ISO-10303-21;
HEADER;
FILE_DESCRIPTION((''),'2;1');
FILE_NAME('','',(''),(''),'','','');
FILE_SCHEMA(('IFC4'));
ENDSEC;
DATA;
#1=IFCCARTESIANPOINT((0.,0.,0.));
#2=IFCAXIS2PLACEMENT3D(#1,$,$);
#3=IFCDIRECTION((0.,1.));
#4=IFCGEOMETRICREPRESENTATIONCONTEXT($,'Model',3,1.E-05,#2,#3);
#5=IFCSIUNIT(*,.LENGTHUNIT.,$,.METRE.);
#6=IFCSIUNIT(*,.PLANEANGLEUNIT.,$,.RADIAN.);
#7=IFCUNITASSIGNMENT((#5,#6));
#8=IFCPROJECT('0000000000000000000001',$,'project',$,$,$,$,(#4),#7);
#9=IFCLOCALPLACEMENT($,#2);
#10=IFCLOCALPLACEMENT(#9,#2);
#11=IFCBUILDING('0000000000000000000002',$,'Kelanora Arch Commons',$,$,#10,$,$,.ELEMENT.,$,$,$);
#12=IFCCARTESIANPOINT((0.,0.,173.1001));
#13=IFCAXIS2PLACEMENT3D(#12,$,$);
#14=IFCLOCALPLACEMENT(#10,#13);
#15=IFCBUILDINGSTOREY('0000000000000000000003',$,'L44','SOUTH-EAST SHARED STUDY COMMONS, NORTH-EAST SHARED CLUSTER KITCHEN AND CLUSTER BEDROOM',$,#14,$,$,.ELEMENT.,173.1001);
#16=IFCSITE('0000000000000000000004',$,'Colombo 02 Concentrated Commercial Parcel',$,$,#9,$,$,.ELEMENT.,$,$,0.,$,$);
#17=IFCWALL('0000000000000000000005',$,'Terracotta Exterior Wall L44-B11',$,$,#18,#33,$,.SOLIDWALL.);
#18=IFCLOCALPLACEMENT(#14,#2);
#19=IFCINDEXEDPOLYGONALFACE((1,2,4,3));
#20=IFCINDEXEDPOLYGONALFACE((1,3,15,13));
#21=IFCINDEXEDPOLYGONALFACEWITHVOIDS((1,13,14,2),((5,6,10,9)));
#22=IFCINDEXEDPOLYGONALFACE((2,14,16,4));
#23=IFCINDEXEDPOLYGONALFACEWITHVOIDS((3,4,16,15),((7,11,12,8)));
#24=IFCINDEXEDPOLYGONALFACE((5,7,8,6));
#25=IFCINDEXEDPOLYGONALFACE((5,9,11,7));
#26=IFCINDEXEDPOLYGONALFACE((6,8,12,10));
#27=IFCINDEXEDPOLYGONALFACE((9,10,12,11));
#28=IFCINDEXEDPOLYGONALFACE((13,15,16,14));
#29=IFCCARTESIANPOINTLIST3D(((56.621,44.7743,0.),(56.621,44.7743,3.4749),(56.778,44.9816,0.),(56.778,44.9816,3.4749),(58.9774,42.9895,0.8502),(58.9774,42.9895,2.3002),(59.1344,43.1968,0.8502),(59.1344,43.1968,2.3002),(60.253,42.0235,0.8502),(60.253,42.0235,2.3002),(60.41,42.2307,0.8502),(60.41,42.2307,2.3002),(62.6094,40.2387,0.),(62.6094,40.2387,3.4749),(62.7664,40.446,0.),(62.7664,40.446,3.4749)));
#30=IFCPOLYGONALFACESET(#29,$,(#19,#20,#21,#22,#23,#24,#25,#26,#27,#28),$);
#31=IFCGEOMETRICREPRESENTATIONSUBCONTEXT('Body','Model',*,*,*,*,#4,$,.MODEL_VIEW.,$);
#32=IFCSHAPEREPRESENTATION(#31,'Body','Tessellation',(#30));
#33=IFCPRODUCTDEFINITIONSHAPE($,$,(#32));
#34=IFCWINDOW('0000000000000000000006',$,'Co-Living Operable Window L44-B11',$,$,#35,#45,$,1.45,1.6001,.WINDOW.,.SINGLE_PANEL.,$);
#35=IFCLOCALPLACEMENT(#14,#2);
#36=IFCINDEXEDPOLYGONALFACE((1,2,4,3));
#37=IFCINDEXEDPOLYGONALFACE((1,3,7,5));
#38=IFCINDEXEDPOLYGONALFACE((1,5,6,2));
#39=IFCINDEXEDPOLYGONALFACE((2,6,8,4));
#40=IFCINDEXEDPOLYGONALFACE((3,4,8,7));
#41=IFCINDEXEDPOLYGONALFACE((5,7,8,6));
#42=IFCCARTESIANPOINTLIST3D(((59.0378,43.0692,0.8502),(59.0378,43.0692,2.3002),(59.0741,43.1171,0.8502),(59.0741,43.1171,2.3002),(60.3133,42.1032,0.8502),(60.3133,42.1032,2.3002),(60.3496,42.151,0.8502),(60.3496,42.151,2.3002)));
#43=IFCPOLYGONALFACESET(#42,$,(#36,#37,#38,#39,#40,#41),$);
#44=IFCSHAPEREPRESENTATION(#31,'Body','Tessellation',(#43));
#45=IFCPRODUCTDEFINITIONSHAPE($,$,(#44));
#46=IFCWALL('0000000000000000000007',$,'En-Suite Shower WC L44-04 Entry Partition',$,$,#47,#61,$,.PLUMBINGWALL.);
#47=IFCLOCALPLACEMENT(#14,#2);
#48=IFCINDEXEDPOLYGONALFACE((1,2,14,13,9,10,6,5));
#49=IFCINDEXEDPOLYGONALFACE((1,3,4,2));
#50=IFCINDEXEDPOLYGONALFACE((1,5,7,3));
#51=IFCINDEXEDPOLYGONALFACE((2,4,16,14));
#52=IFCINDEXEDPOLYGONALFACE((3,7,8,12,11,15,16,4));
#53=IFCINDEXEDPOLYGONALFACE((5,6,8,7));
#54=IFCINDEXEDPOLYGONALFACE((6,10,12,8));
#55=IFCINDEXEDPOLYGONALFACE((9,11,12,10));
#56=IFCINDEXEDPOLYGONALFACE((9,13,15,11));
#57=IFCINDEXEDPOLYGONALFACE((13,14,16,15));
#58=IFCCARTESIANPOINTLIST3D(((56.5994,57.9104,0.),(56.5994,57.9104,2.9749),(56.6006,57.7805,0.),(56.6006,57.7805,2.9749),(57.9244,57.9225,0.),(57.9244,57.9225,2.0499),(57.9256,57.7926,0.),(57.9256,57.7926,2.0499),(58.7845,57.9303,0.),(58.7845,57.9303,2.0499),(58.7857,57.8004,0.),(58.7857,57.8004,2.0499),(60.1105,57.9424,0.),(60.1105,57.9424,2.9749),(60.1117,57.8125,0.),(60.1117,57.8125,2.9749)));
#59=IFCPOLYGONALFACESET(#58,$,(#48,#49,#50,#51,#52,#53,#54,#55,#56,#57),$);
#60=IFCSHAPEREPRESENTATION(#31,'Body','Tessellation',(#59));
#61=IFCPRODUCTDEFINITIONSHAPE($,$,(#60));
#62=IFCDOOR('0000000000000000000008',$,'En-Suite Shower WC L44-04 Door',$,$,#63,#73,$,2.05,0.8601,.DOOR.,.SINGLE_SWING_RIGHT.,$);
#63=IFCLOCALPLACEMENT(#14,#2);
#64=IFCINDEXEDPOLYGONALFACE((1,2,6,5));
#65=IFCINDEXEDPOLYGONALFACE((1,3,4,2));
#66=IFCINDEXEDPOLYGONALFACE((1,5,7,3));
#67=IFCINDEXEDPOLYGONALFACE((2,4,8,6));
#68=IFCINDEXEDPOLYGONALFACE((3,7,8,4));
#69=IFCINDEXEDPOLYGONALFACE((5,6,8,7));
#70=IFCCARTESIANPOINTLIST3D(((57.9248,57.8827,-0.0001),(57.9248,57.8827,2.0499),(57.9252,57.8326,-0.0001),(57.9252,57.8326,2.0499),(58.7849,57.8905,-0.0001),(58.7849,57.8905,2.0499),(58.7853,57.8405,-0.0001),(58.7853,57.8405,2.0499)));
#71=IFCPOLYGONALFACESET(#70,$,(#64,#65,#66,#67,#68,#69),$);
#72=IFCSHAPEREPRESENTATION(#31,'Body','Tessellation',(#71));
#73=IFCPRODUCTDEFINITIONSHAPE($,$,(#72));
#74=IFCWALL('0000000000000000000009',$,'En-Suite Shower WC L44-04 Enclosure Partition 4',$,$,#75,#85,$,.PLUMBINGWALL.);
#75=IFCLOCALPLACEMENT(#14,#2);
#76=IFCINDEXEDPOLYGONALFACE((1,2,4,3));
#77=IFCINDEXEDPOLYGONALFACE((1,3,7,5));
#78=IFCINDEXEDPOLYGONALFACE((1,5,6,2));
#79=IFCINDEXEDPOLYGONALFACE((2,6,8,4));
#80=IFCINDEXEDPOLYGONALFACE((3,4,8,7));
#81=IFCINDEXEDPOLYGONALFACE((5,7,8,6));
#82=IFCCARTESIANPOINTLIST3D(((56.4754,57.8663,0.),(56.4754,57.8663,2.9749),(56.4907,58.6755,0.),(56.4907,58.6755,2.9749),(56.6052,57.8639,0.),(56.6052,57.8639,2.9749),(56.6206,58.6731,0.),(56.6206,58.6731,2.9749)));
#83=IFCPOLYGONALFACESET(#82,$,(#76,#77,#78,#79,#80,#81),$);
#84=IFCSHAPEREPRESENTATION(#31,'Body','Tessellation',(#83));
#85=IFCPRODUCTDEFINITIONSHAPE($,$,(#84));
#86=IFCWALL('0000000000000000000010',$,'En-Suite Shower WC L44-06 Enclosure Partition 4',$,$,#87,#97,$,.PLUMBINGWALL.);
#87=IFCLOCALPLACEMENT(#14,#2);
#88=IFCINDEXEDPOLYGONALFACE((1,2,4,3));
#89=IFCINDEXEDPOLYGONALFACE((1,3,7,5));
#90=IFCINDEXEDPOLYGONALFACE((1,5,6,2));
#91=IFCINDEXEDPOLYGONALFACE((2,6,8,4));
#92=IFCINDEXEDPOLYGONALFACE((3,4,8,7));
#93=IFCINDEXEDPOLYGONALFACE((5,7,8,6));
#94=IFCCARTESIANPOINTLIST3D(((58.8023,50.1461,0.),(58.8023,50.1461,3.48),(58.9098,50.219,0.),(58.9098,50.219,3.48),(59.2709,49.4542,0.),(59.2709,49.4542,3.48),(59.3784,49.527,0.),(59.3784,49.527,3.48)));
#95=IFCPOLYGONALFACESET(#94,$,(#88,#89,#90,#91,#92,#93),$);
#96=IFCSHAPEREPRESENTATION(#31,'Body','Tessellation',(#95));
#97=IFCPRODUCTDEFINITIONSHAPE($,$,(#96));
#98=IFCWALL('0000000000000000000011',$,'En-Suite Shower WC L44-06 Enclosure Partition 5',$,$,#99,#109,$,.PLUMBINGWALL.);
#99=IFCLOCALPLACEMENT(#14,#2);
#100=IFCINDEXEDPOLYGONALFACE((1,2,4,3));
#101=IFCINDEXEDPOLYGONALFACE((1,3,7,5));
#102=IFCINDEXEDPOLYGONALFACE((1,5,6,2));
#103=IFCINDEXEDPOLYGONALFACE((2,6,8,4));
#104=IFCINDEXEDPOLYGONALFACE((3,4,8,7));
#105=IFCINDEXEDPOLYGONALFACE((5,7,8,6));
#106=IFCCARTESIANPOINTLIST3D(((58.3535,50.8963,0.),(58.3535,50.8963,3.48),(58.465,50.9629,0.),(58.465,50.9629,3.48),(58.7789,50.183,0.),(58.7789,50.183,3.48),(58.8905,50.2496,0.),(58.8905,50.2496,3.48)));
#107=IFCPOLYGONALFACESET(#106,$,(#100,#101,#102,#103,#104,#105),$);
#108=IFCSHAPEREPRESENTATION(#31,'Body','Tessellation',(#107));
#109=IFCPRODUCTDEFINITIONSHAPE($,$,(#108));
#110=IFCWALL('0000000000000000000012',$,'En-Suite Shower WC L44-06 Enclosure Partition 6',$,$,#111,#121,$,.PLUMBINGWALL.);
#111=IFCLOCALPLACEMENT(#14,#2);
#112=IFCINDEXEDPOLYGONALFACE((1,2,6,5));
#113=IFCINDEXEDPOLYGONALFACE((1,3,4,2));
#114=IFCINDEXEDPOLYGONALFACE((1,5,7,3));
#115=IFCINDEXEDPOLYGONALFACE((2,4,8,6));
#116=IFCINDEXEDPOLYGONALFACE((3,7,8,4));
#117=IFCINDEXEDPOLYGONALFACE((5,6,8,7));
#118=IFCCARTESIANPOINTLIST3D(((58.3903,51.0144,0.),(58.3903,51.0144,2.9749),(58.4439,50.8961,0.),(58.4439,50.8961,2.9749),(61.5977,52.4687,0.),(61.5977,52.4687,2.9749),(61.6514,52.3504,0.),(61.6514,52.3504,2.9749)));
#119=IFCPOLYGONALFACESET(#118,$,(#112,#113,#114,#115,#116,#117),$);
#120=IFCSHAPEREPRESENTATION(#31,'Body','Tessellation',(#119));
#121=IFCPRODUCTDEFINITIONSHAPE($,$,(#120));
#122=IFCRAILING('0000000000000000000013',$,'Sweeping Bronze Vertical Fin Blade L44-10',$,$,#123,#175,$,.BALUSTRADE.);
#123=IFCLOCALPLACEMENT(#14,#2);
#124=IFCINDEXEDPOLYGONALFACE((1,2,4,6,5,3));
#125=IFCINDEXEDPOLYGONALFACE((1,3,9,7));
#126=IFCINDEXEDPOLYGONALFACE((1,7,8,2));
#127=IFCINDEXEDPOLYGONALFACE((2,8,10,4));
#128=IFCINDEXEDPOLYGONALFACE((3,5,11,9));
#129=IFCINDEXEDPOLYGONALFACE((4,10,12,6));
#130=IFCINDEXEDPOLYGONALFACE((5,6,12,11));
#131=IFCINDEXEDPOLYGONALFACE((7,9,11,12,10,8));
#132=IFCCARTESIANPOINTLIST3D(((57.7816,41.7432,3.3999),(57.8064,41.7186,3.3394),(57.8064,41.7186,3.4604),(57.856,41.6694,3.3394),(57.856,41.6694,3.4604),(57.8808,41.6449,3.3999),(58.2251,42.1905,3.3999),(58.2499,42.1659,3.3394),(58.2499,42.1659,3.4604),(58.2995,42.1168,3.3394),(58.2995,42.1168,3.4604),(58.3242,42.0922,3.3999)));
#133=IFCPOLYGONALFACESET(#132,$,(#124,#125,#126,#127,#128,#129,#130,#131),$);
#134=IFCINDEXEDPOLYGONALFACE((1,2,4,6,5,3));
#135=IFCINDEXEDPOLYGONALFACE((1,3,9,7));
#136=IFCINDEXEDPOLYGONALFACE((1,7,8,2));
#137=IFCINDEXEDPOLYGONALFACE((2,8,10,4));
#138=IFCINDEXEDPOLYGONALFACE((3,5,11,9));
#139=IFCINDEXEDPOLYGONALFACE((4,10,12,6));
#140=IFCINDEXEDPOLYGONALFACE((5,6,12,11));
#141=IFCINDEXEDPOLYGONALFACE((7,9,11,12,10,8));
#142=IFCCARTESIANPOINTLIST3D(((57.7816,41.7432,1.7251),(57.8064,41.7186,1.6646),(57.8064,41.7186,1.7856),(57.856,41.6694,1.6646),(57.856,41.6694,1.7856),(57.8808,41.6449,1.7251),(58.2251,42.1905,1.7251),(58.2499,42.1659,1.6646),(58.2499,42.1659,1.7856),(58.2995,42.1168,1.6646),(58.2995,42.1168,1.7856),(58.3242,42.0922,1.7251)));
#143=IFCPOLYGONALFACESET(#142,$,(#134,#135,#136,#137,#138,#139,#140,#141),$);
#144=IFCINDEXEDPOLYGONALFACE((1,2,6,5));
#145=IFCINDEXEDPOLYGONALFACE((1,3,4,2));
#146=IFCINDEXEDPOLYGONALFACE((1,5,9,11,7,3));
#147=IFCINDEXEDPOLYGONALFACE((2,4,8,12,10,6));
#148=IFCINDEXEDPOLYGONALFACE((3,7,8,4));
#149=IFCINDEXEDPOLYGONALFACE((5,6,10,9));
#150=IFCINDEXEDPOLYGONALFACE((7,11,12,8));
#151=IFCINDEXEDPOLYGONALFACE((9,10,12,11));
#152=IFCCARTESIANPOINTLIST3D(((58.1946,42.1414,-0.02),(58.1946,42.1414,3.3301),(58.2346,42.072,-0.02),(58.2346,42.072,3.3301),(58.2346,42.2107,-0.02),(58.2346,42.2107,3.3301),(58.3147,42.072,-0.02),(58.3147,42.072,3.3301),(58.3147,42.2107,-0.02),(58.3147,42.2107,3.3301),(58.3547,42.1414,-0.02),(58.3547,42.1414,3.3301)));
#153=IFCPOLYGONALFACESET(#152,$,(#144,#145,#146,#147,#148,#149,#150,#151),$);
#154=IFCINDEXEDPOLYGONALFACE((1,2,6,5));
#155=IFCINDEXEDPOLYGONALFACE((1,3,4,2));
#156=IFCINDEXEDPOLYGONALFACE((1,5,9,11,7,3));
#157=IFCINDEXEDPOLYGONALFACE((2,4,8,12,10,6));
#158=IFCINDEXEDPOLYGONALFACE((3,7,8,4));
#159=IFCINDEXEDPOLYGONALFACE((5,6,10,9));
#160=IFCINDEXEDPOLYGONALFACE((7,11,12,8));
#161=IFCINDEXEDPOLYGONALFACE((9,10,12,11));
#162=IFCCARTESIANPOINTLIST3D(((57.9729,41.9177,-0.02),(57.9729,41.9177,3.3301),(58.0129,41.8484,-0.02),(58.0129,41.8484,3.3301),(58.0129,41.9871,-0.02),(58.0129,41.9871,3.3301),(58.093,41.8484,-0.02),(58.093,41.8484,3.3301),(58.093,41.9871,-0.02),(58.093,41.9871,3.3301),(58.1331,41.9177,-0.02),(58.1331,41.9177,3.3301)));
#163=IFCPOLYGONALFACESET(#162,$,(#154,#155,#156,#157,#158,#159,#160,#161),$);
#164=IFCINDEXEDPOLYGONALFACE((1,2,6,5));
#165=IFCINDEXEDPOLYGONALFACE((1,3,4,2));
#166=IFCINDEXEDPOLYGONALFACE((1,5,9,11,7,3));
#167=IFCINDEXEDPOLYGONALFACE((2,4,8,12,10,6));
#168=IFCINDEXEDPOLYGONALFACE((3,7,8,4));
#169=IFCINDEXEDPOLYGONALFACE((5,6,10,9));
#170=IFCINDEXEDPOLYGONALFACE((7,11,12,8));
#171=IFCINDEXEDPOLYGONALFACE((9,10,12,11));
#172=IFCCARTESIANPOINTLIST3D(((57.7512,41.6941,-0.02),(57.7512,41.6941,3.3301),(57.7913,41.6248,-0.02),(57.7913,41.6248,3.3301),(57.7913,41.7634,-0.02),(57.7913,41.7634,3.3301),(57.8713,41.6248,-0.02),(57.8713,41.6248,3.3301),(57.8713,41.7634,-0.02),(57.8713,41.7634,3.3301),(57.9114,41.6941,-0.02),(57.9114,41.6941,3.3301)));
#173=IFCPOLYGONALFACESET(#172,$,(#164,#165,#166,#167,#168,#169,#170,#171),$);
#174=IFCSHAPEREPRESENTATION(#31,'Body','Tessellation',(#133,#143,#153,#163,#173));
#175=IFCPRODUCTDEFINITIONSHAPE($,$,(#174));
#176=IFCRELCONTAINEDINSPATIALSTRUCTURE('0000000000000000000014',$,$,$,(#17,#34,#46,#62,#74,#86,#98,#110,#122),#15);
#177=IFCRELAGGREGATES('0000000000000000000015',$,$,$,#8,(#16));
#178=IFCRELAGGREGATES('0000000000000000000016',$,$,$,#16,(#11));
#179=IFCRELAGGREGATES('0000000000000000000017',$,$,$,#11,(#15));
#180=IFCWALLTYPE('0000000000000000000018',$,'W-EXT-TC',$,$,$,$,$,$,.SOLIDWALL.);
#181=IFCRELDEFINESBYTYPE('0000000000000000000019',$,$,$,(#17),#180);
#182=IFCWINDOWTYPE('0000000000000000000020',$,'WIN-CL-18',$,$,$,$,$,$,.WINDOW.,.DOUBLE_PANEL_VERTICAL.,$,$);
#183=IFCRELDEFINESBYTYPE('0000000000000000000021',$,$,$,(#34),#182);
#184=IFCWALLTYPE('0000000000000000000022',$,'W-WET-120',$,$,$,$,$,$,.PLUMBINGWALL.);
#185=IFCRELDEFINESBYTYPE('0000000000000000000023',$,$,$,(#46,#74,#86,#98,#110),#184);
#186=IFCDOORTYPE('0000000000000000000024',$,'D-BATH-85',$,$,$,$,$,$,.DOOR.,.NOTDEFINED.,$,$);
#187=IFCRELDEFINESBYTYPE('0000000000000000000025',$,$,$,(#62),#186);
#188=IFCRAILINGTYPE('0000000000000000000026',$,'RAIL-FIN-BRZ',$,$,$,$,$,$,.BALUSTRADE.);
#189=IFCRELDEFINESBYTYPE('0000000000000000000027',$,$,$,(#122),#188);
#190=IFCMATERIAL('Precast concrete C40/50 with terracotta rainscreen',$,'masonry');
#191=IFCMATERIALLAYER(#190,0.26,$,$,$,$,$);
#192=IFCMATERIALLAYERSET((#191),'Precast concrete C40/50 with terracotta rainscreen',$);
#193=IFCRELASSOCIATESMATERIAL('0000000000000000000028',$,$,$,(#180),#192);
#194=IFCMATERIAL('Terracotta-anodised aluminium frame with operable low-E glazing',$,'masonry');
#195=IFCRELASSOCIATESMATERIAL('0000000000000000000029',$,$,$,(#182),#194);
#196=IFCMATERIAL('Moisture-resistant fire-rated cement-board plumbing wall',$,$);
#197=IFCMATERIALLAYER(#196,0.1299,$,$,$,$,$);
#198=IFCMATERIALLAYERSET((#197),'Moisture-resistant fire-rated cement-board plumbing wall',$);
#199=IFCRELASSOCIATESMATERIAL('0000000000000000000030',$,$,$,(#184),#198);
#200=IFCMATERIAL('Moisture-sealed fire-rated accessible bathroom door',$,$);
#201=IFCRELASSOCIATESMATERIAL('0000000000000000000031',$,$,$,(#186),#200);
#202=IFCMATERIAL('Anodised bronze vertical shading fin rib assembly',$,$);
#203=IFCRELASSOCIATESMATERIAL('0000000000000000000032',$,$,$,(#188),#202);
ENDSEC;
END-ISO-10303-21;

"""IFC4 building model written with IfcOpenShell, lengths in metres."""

from ifc_helpers import new_model, si_unit, direction, frame, frame_2d, origin, place, context, subcontext, project, spatial, polyline, rectangle, outline, extrude, material, layer, layer_set, type_object, element, fill, save


model = new_model("IFC4")

# Units and contexts
model_context = context("Model", 3, precision=1e-05, world=origin(), true_north=direction((0.0, 1.0)))
body_context = subcontext(model_context, "Body", "Model", "MODEL_VIEW")
ifc_project = project(units=[si_unit("LENGTHUNIT", "METRE"), si_unit("PLANEANGLEUNIT", "RADIAN")], contexts=[model_context])

# Site, building, storey
site_placement = place(None, origin())
site = spatial("IfcSite", under=ifc_project, at=site_placement, Name="Colombo 02 Concentrated Commercial Parcel", CompositionType="ELEMENT", RefElevation=0.0)
building_placement = place(site_placement, origin())
building = spatial("IfcBuilding", under=site, at=building_placement, Name="Kelanora Arch Commons", CompositionType="ELEMENT")
storey_placement = place(building_placement, frame((0.0, 0.0, 173.1001)))
storey = spatial("IfcBuildingStorey", under=building, at=storey_placement, Name="L44", Description="SOUTH-EAST SHARED STUDY COMMONS, NORTH-EAST SHARED CLUSTER KITCHEN AND CLUSTER BEDROOM", CompositionType="ELEMENT", Elevation=173.1001)

# Wall, opening, window
ifc_material_1 = material(Name="Precast concrete C40/50 with terracotta rainscreen", Category="masonry")
ifc_layer_1 = layer(ifc_material_1, 0.26)
ifc_layer_set_1 = layer_set([ifc_layer_1], Name="Precast concrete C40/50 with terracotta rainscreen")
wall_type_1 = type_object("IfcWallType", Name="W-EXT-TC", PredefinedType="SOLIDWALL", material=ifc_layer_set_1)
wall_1_placement = place(storey_placement, frame((56.6995, 44.8779, 0.0), z_axis=(0.0, 0.0, 1.0), x_axis=(0.797164, -0.603763, 0.0)))
wall_1 = element("IfcWall", 1, at=wall_1_placement, inside=storey, type_object=wall_type_1, Name="Terracotta Exterior Wall L44-B11", PredefinedType="SOLIDWALL", context=body_context, shape_type="SweptSolid", body=[
    extrude(rectangle(XDim=7.5122, YDim=0.26, at=frame_2d((3.7561, 0.0))), origin(), (0.0, 0.0, 1.0), 3.4749),
])
opening_1_placement = place(wall_1_placement, frame((2.9561, 0.0, 0.8501)))
opening_1 = element("IfcOpeningElement", 2, at=opening_1_placement, cuts=wall_1, PredefinedType="OPENING", context=body_context, shape_type="SweptSolid", body=[
    extrude(rectangle(XDim=1.6001, YDim=1.45, at=frame_2d((0.8, 0.7251))), frame((0.0, 0.1401, 0.0), z_axis=(0.0, -1.0, 0.0), x_axis=(1.0, 0.0, 0.0)), (0.0, 0.0, 1.0), 0.28),
])
ifc_material_2 = material(Name="Terracotta-anodised aluminium frame with operable low-E glazing", Category="masonry")
window_type = type_object("IfcWindowType", Name="WIN-CL-18", PartitioningType="DOUBLE_PANEL_VERTICAL", PredefinedType="WINDOW", material=ifc_material_2)
window_placement = place(opening_1_placement, origin())
window = element("IfcWindow", 3, at=window_placement, inside=storey, type_object=window_type, Name="Co-Living Operable Window L44-B11", OverallHeight=1.45, OverallWidth=1.6001, PartitioningType="SINGLE_PANEL", PredefinedType="WINDOW", context=body_context, shape_type="SweptSolid", body=[
    extrude(rectangle(XDim=1.6001, YDim=1.45, at=frame_2d((0.8, 0.7251))), frame((0.0, 0.03, 0.0), z_axis=(0.0, -1.0, 0.0), x_axis=(1.0, 0.0, 0.0)), (0.0, 0.0, 1.0), 0.0601),
])
fill(opening_1, window)

# Wall, opening, door
ifc_material_3 = material(Name="Moisture-resistant fire-rated cement-board plumbing wall")
ifc_layer_2 = layer(ifc_material_3, 0.1299)
ifc_layer_set_2 = layer_set([ifc_layer_2], Name="Moisture-resistant fire-rated cement-board plumbing wall")
wall_type_2 = type_object("IfcWallType", Name="W-WET-120", PredefinedType="PLUMBINGWALL", material=ifc_layer_set_2)
wall_2_placement = place(storey_placement, frame((60.1111, 57.8774, 0.0), z_axis=(0.0, 0.0, 1.0), x_axis=(-0.999959, -0.009109, 0.0)))
wall_2 = element("IfcWall", 4, at=wall_2_placement, inside=storey, type_object=wall_type_2, Name="En-Suite Shower WC L44-04 Entry Partition", PredefinedType="PLUMBINGWALL", context=body_context, shape_type="SweptSolid", body=[
    extrude(rectangle(XDim=3.5112, YDim=0.1299, at=frame_2d((1.7556, 0.0))), origin(), (0.0, 0.0, 1.0), 2.9749),
])
opening_2_placement = place(wall_2_placement, frame((1.3259, 0.0, 0.0)))
opening_2 = element("IfcOpeningElement", 5, at=opening_2_placement, cuts=wall_2, PredefinedType="OPENING", context=body_context, shape_type="SweptSolid", body=[
    extrude(rectangle(XDim=0.8601, YDim=2.05, at=frame_2d((0.4302, 1.0249))), frame((0.0, 0.075, 0.0), z_axis=(0.0, -1.0, 0.0), x_axis=(1.0, 0.0, 0.0)), (0.0, 0.0, 1.0), 0.1499),
])
ifc_material_4 = material(Name="Moisture-sealed fire-rated accessible bathroom door")
door_type_1 = type_object("IfcDoorType", Name="D-BATH-85", OperationType="NOTDEFINED", PredefinedType="DOOR", material=ifc_material_4)
door_1_placement = place(opening_2_placement, origin())
door_1 = element("IfcDoor", 6, at=door_1_placement, inside=storey, type_object=door_type_1, Name="En-Suite Shower WC L44-04 Door", OperationType="SINGLE_SWING_RIGHT", OverallHeight=2.05, OverallWidth=0.8601, PredefinedType="DOOR", context=body_context, shape_type="SweptSolid", body=[
    extrude(rectangle(XDim=0.8601, YDim=2.05, at=frame_2d((0.4302, 1.0249))), frame((0.0, 0.0249, 0.0), z_axis=(0.0, -1.0, 0.0), x_axis=(1.0, 0.0, 0.0)), (0.0, 0.0, 1.0), 0.05),
])
fill(opening_2, door_1)

# Walls
wall_3_placement = place(storey_placement, frame((56.5403, 57.865, 0.0), z_axis=(0.0, 0.0, 1.0), x_axis=(0.019007, 0.999819, 0.0)))
element("IfcWall", 7, at=wall_3_placement, inside=storey, type_object=wall_type_2, Name="En-Suite Shower WC L44-04 Enclosure Partition 4", PredefinedType="PLUMBINGWALL", context=body_context, shape_type="SweptSolid", body=[
    extrude(rectangle(XDim=0.8093, YDim=0.1299, at=frame_2d((0.4048, 0.0))), origin(), (0.0, 0.0, 1.0), 2.9749),
])
wall_4_placement = place(storey_placement, frame((59.3247, 49.4905, 0.0), z_axis=(0.0, 0.0, 1.0), x_axis=(-0.560687, 0.828028, 0.0)))
element("IfcWall", 8, at=wall_4_placement, inside=storey, type_object=wall_type_2, Name="En-Suite Shower WC L44-06 Enclosure Partition 4", PredefinedType="PLUMBINGWALL", context=body_context, shape_type="SweptSolid", body=[
    extrude(rectangle(XDim=0.8357, YDim=0.1299, at=frame_2d((0.418, 0.0))), origin(), (0.0, 0.0, 1.0), 3.48),
])
wall_5_placement = place(storey_placement, frame((58.8347, 50.2163, 0.0), z_axis=(0.0, 0.0, 1.0), x_axis=(-0.51229, 0.858813, 0.0)))
element("IfcWall", 9, at=wall_5_placement, inside=storey, type_object=wall_type_2, Name="En-Suite Shower WC L44-06 Enclosure Partition 5", PredefinedType="PLUMBINGWALL", context=body_context, shape_type="SweptSolid", body=[
    extrude(rectangle(XDim=0.8306, YDim=0.1299, at=frame_2d((0.4153, 0.0))), origin(), (0.0, 0.0, 1.0), 3.48),
])
wall_6_placement = place(storey_placement, frame((58.4172, 50.9553, 0.0), z_axis=(0.0, 0.0, 1.0), x_axis=(0.910753, 0.412951, 0.0)))
element("IfcWall", 10, at=wall_6_placement, inside=storey, type_object=wall_type_2, Name="En-Suite Shower WC L44-06 Enclosure Partition 6", PredefinedType="PLUMBINGWALL", context=body_context, shape_type="SweptSolid", body=[
    extrude(rectangle(XDim=3.5217, YDim=0.1299, at=frame_2d((1.7607, 0.0))), origin(), (0.0, 0.0, 1.0), 2.9749),
])

# Railing
ifc_material_5 = material(Name="Anodised bronze vertical shading fin rib assembly")
railing_type = type_object("IfcRailingType", Name="RAIL-FIN-BRZ", PredefinedType="BALUSTRADE", material=ifc_material_5)
railing_placement = place(storey_placement, frame((58.2747, 42.1414, -0.02)))
element("IfcRailing", 11, at=railing_placement, inside=storey, type_object=railing_type, Name="Sweeping Bronze Vertical Fin Blade L44-10", PredefinedType="BALUSTRADE", context=body_context, shape_type="SweptSolid", body=[
    extrude(outline(polyline([(0.0698, 0.0), (0.0349, 0.0605), (-0.0349, 0.0605), (-0.0698, 0.0), (-0.0349, -0.0605), (0.0349, -0.0605), (0.0698, 0.0)])), frame((0.0, 0.0, 3.4199), z_axis=(-0.703999, -0.710201, 0.0), x_axis=(0.710201, -0.703999, 0.0)), (0.0, 0.0, 1.0), 0.6299),
    extrude(outline(polyline([(0.0698, 0.0), (0.0349, 0.0605), (-0.0349, 0.0605), (-0.0698, 0.0), (-0.0349, -0.0605), (0.0349, -0.0605), (0.0698, 0.0)])), frame((0.0, 0.0, 1.7451), z_axis=(-0.703999, -0.710201, 0.0), x_axis=(0.710201, -0.703999, 0.0)), (0.0, 0.0, 1.0), 0.6299),
    extrude(outline(polyline([(0.0801, 0.0), (0.04, 0.0693), (-0.04, 0.0693), (-0.0801, 0.0), (-0.04, -0.0693), (0.04, -0.0693), (0.0801, 0.0)])), origin(), (0.0, 0.0, 1.0), 3.3501),
    extrude(outline(polyline([(0.0801, 0.0), (0.04, 0.0693), (-0.04, 0.0693), (-0.0801, 0.0), (-0.04, -0.0693), (0.04, -0.0693), (0.0801, 0.0)])), frame((-0.2217, -0.2236, 0.0)), (0.0, 0.0, 1.0), 3.3501),
    extrude(outline(polyline([(0.0801, 0.0), (0.04, 0.0693), (-0.04, 0.0693), (-0.0801, 0.0), (-0.04, -0.0693), (0.04, -0.0693), (0.0801, 0.0)])), frame((-0.4434, -0.4473, 0.0)), (0.0, 0.0, 1.0), 3.3501),
])

save(model, "model.ifc")
